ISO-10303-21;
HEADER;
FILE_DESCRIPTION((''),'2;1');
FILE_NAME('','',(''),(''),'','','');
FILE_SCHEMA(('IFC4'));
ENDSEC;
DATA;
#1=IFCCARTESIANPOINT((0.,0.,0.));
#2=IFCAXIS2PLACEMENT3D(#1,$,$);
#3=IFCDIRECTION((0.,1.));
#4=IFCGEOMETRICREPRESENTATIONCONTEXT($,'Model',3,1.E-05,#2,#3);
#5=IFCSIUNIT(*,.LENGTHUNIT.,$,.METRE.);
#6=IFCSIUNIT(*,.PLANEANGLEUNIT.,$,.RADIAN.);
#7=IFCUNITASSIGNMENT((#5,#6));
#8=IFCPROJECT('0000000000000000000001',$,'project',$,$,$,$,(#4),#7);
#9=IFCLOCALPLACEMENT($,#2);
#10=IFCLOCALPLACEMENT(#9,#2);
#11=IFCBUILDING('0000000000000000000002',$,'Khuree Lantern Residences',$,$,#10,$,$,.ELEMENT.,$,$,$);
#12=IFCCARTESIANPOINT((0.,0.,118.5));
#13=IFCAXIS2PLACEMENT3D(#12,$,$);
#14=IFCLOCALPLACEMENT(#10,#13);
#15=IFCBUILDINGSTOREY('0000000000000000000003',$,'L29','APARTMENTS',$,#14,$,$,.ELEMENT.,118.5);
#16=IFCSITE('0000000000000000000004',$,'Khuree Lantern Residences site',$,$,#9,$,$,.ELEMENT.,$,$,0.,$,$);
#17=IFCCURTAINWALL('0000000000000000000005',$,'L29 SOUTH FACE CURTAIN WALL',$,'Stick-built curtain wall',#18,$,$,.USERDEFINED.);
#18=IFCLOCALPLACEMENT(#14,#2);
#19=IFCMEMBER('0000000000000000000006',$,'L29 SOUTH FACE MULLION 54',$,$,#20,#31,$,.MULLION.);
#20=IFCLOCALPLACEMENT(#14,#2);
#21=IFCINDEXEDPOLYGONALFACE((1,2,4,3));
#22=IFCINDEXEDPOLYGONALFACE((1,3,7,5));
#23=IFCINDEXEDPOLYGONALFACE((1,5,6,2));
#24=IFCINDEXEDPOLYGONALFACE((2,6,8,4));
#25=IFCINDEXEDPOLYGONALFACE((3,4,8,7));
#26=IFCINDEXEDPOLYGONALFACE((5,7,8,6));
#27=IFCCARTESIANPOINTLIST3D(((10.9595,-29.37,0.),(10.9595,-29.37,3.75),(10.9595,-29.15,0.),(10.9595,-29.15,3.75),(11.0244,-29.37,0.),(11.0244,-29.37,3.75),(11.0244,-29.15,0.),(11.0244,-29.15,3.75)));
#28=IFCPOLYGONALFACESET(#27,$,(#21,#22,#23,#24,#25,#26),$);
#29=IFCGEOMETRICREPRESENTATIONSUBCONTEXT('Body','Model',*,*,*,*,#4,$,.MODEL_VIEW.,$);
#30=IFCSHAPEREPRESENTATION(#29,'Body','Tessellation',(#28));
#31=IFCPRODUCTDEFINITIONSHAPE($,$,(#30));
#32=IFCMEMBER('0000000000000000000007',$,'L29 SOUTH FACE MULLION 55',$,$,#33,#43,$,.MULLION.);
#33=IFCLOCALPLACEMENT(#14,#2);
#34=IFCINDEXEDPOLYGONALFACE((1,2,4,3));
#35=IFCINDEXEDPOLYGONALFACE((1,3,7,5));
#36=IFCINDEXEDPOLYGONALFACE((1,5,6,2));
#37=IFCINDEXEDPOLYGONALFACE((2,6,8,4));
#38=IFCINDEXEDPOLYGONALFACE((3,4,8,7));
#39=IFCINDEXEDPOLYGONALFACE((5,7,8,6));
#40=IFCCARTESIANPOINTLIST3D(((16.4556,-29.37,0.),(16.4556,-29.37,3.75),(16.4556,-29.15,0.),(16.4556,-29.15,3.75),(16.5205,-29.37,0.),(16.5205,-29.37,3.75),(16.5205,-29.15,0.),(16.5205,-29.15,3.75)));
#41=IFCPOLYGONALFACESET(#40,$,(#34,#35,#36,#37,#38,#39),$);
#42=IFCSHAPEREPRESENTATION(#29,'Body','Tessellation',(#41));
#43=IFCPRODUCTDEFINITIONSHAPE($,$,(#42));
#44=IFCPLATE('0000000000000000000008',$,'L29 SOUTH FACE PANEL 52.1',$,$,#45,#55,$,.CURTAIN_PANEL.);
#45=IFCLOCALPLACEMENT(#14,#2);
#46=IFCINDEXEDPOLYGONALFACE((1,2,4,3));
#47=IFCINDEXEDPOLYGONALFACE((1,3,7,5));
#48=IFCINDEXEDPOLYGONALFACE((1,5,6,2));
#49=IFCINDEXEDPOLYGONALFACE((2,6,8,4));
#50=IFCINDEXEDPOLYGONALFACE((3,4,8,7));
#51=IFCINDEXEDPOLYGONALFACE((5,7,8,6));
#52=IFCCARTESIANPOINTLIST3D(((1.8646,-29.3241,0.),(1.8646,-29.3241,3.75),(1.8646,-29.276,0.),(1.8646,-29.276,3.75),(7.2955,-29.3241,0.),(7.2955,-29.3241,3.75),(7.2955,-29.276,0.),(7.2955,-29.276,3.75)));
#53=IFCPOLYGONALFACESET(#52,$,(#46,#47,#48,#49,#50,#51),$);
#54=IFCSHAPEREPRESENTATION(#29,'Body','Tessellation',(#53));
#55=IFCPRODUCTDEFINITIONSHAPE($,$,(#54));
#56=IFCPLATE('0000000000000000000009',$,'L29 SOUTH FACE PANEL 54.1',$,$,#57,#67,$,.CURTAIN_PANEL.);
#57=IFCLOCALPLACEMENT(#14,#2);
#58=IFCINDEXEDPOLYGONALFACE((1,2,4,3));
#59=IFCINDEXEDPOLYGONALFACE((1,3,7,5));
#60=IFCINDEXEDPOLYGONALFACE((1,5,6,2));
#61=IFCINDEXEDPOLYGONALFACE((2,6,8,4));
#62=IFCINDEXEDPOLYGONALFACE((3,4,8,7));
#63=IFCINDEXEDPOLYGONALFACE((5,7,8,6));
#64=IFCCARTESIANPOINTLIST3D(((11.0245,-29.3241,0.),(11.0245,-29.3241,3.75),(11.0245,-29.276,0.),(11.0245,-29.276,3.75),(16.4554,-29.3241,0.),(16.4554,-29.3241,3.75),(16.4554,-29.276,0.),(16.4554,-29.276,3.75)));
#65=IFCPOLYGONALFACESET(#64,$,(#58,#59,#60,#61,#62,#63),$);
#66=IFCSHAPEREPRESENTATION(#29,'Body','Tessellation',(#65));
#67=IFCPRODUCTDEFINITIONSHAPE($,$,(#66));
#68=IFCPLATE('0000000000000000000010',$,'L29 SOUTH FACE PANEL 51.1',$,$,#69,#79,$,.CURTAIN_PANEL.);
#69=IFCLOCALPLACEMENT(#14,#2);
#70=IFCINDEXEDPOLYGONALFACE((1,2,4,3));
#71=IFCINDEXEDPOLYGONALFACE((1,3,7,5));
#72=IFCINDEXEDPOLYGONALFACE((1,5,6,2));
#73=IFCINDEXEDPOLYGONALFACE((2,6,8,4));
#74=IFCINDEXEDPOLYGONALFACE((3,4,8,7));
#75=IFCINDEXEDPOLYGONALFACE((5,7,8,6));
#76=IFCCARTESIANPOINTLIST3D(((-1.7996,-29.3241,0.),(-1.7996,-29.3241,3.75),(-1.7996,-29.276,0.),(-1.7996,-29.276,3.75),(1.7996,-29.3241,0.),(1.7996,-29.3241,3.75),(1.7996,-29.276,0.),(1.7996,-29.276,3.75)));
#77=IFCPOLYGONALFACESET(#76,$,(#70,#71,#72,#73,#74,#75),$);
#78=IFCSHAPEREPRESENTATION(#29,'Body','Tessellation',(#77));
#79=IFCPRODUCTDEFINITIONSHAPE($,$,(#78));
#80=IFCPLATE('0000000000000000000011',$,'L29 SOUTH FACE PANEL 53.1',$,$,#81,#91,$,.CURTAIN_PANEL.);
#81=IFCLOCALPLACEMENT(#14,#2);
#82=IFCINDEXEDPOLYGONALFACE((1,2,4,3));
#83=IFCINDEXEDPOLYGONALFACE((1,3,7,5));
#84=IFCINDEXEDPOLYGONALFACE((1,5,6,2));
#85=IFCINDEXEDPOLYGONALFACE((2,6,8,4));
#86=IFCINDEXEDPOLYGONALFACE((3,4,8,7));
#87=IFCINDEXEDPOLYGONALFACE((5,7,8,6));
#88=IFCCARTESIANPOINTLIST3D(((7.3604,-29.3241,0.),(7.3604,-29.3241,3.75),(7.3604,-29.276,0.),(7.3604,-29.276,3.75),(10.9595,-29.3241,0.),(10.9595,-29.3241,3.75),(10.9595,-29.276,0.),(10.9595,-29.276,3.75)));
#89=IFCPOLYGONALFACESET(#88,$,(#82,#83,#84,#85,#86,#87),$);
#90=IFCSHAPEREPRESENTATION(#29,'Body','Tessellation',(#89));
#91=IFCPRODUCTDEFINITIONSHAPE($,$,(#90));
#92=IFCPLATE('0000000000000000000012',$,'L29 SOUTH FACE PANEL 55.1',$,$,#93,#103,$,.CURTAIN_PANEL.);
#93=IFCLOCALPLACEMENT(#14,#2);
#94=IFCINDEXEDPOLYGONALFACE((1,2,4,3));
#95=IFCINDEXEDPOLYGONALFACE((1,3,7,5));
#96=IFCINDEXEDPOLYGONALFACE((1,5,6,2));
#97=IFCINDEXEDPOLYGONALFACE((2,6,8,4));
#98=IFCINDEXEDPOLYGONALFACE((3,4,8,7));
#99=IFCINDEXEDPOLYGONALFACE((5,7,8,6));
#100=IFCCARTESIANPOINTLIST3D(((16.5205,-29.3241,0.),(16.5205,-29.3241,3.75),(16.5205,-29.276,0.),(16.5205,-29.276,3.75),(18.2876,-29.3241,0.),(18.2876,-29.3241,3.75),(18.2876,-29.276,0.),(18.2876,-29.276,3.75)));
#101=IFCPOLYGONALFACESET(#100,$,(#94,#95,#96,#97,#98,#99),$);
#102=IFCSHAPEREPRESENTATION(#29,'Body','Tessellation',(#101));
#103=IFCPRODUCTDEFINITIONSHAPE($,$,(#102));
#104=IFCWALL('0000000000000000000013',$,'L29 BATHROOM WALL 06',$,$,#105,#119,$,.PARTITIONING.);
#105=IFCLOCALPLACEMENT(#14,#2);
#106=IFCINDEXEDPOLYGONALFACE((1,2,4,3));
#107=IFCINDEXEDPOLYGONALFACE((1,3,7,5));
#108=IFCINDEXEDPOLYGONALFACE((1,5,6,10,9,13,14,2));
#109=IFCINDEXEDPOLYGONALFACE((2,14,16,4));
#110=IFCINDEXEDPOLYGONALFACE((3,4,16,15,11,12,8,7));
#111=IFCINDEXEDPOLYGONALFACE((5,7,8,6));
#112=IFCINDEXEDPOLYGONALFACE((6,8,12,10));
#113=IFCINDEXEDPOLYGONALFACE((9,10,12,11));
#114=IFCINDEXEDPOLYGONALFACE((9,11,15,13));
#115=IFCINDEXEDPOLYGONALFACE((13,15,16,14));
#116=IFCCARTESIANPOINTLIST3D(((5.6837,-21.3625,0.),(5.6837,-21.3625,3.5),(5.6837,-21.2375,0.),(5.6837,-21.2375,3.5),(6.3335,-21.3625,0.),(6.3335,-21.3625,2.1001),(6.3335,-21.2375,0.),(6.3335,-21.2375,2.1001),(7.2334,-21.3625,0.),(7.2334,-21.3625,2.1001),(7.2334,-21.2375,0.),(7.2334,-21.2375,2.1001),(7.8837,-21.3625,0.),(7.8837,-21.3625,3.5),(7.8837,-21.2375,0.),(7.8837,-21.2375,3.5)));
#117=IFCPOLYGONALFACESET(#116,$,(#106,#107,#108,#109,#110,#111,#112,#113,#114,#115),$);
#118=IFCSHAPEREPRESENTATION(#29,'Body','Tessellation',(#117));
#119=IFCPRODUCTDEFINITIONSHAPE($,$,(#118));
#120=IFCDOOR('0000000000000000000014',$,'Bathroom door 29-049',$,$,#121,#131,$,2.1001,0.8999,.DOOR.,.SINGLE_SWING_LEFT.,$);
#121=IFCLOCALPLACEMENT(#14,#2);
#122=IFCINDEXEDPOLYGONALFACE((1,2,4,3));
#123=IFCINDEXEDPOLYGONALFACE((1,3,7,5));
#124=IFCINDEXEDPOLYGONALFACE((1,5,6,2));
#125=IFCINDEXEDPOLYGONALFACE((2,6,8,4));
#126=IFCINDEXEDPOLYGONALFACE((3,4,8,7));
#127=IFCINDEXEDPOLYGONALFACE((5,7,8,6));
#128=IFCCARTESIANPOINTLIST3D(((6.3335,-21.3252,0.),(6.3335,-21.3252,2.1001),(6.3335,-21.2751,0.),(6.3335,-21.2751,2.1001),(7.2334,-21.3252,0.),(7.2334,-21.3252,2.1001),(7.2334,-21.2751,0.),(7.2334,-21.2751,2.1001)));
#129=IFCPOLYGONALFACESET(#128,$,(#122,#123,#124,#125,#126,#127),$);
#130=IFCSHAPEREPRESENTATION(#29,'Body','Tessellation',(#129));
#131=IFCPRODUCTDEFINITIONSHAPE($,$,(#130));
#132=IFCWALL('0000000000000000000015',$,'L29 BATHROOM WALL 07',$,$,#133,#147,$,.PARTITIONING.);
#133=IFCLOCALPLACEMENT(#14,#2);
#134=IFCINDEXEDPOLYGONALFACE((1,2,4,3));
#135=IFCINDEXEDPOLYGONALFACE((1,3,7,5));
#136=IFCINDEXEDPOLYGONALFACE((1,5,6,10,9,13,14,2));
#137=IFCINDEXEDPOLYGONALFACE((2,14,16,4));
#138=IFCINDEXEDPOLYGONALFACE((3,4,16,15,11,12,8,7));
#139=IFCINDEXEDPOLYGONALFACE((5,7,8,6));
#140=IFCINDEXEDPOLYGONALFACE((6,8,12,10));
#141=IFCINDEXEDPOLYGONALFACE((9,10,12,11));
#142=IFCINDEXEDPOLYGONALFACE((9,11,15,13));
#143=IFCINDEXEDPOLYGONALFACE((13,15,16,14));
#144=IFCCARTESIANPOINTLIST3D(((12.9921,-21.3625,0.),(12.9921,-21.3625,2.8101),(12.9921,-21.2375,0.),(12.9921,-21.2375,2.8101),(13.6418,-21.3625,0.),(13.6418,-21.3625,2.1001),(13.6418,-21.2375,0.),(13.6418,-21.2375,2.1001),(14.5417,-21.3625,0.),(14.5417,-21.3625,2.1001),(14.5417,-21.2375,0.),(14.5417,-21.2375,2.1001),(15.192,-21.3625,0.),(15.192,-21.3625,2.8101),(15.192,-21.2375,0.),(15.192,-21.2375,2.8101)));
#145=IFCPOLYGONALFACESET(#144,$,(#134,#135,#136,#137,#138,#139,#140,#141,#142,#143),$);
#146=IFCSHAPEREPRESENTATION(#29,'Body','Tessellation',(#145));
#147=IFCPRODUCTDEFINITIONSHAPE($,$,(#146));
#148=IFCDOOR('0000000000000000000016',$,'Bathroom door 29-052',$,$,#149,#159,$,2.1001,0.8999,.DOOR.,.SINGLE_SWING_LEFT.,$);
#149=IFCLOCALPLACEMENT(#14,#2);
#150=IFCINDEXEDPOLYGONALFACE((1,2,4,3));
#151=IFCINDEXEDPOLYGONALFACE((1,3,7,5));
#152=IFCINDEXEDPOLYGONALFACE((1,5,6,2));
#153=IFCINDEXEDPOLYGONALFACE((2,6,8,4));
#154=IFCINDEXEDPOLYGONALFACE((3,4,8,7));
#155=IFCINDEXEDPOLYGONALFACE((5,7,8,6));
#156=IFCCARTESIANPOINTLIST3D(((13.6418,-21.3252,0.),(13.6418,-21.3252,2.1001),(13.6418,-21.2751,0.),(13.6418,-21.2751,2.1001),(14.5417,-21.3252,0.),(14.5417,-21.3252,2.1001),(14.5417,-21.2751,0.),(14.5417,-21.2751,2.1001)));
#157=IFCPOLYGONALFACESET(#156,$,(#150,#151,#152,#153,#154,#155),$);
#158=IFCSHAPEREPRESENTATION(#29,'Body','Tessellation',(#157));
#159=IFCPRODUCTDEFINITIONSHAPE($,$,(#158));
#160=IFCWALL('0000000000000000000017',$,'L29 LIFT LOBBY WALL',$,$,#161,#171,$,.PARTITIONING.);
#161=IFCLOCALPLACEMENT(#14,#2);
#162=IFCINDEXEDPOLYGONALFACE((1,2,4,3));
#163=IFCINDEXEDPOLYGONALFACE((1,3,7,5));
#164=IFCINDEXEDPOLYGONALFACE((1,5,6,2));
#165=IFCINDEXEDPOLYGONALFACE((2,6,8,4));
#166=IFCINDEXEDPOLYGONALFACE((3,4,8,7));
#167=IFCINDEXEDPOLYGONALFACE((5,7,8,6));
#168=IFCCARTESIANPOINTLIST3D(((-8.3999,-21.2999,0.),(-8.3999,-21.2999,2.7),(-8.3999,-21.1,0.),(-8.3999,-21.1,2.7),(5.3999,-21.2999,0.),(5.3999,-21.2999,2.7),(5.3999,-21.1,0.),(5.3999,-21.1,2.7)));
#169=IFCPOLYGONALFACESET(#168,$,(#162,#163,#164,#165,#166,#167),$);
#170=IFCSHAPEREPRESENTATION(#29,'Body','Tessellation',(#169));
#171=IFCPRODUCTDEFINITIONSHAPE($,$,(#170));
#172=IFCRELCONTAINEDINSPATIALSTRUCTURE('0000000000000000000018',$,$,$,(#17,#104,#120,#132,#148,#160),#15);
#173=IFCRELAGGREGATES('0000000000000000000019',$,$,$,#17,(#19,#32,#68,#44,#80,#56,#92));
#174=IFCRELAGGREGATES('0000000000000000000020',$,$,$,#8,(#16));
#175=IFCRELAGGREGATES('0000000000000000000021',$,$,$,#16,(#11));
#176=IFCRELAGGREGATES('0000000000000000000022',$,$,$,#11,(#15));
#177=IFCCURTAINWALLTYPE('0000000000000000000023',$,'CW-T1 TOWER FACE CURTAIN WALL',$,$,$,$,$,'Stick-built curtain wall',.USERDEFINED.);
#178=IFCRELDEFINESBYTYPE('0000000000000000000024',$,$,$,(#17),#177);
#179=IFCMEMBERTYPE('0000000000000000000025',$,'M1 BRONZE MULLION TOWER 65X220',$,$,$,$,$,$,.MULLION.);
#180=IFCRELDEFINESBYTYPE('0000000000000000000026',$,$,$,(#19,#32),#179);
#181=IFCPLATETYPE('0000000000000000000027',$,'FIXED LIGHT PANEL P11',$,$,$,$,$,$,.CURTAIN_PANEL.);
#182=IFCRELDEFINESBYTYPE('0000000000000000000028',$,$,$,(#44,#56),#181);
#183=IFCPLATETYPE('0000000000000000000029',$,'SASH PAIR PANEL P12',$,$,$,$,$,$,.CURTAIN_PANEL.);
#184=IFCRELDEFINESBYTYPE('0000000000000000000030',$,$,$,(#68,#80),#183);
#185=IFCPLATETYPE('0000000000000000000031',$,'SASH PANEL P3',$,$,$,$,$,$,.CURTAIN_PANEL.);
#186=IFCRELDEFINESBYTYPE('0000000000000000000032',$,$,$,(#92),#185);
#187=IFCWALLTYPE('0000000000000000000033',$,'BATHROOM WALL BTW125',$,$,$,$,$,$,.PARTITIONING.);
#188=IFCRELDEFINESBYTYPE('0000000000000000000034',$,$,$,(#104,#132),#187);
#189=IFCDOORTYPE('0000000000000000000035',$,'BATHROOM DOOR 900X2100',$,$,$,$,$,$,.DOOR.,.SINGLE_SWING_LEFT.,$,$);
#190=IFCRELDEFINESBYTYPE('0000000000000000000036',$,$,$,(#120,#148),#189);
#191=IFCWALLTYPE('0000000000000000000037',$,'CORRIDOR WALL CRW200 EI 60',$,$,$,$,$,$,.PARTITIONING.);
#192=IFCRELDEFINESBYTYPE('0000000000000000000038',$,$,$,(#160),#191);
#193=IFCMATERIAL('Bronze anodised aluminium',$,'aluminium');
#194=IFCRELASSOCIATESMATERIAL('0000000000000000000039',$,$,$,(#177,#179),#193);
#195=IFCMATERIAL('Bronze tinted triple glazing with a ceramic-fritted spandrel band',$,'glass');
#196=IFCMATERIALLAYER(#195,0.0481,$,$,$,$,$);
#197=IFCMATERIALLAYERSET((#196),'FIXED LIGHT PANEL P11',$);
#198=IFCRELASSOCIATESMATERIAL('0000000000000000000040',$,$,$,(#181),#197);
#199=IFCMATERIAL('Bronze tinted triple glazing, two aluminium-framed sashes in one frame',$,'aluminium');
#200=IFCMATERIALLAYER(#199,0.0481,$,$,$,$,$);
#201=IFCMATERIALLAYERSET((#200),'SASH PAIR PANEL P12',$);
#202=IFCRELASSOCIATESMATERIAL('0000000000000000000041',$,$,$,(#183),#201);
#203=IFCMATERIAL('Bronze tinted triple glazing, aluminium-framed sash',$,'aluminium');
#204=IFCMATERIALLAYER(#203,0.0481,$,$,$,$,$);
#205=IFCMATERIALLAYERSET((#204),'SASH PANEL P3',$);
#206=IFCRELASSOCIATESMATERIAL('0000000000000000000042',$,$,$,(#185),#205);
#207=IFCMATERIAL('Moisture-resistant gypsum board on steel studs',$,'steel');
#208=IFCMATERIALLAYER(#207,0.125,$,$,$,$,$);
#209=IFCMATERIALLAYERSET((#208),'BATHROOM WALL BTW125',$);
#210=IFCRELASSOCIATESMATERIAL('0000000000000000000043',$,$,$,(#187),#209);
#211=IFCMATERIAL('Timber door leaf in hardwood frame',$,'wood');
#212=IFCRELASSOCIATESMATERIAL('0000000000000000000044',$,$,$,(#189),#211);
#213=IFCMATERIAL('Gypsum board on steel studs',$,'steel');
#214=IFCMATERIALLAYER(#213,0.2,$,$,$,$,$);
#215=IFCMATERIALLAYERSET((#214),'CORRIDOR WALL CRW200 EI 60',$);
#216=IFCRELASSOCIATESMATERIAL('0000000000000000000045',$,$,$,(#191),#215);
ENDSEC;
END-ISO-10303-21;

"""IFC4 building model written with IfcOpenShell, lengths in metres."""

from ifc_helpers import new_model, si_unit, direction, frame, frame_2d, origin, origin_2d, place, context, subcontext, project, spatial, rectangle, extrude, material, layer, layer_set, material_profile, profile_set, type_object, element, fill, aggregate, save


model = new_model("IFC4")

# Units and contexts
model_context = context("Model", 3, precision=1e-05, world=origin(), true_north=direction((0.0, 1.0)))
body_context = subcontext(model_context, "Body", "Model", "MODEL_VIEW")
ifc_project = project(units=[si_unit("LENGTHUNIT", "METRE"), si_unit("PLANEANGLEUNIT", "RADIAN")], contexts=[model_context])

# Site, building, storey
site_placement = place(None, origin())
site = spatial("IfcSite", under=ifc_project, at=site_placement, Name="Khuree Lantern Residences site", CompositionType="ELEMENT", RefElevation=0.0)
building_placement = place(site_placement, origin())
building = spatial("IfcBuilding", under=site, at=building_placement, Name="Khuree Lantern Residences", CompositionType="ELEMENT")
storey_placement = place(building_placement, frame((0.0, 0.0, 118.5)))
storey = spatial("IfcBuildingStorey", under=building, at=storey_placement, Name="L29", Description="APARTMENTS", CompositionType="ELEMENT", Elevation=118.5)

# Curtain wall
ifc_material_1 = material(Name="Bronze anodised aluminium", Category="aluminium")
curtain_wall_type = type_object("IfcCurtainWallType", Name="CW-T1 TOWER FACE CURTAIN WALL", ElementType="Stick-built curtain wall", PredefinedType="USERDEFINED", material=ifc_material_1)
curtain_wall_placement = place(storey_placement, origin())
curtain_wall = element("IfcCurtainWall", 1, at=curtain_wall_placement, inside=storey, type_object=curtain_wall_type, Name="L29 SOUTH FACE CURTAIN WALL", ObjectType="Stick-built curtain wall", PredefinedType="USERDEFINED")

# Members
ifc_material_profile_1 = material_profile(ifc_material_1, rectangle(XDim=0.0649, YDim=0.22, at=origin_2d()), Name="M1 65X220")
ifc_profile_set_1 = profile_set([ifc_material_profile_1], Name="Bronze anodised aluminium")
member_type_1 = type_object("IfcMemberType", Name="M1 BRONZE MULLION TOWER 65X220", PredefinedType="MULLION", material=ifc_profile_set_1)
member_1_placement = place(storey_placement, frame((10.9919, -29.26, 0.0), z_axis=(0.0, 0.0, 1.0), x_axis=(1.0, 0.0, 0.0)))
member_1 = element("IfcMember", 2, at=member_1_placement, type_object=member_type_1, Name="L29 SOUTH FACE MULLION 54", PredefinedType="MULLION", context=body_context, shape_type="SweptSolid", body=[
    extrude(rectangle(XDim=0.0649, YDim=0.22, at=origin_2d()), origin(), (0.0, 0.0, 1.0), 3.75),
])
member_2_placement = place(storey_placement, frame((16.488, -29.26, 0.0), z_axis=(0.0, 0.0, 1.0), x_axis=(1.0, 0.0, 0.0)))
member_2 = element("IfcMember", 3, at=member_2_placement, type_object=member_type_1, Name="L29 SOUTH FACE MULLION 55", PredefinedType="MULLION", context=body_context, shape_type="SweptSolid", body=[
    extrude(rectangle(XDim=0.0649, YDim=0.22, at=origin_2d()), origin(), (0.0, 0.0, 1.0), 3.75),
])

# Plates
ifc_material_2 = material(Name="Bronze tinted triple glazing with a ceramic-fritted spandrel band", Category="glass")
ifc_layer_1 = layer(ifc_material_2, 0.0481)
ifc_layer_set_1 = layer_set([ifc_layer_1], Name="FIXED LIGHT PANEL P11")
plate_type_1 = type_object("IfcPlateType", Name="FIXED LIGHT PANEL P11", PredefinedType="CURTAIN_PANEL", material=ifc_layer_set_1)
plate_1_placement = place(storey_placement, frame((4.5801, -29.3, 0.0), z_axis=(0.0, 0.0, 1.0), x_axis=(1.0, 0.0, 0.0)))
plate_1 = element("IfcPlate", 4, at=plate_1_placement, type_object=plate_type_1, Name="L29 SOUTH FACE PANEL 52.1", PredefinedType="CURTAIN_PANEL", context=body_context, shape_type="SweptSolid", body=[
    extrude(rectangle(XDim=5.4309, YDim=0.0481, at=origin_2d()), origin(), (0.0, 0.0, 1.0), 3.75),
])
plate_2_placement = place(storey_placement, frame((13.74, -29.3, 0.0), z_axis=(0.0, 0.0, 1.0), x_axis=(1.0, 0.0, 0.0)))
plate_2 = element("IfcPlate", 5, at=plate_2_placement, type_object=plate_type_1, Name="L29 SOUTH FACE PANEL 54.1", PredefinedType="CURTAIN_PANEL", context=body_context, shape_type="SweptSolid", body=[
    extrude(rectangle(XDim=5.4309, YDim=0.0481, at=origin_2d()), origin(), (0.0, 0.0, 1.0), 3.75),
])
ifc_material_3 = material(Name="Bronze tinted triple glazing, two aluminium-framed sashes in one frame", Category="aluminium")
ifc_layer_2 = layer(ifc_material_3, 0.0481)
ifc_layer_set_2 = layer_set([ifc_layer_2], Name="SASH PAIR PANEL P12")
plate_type_2 = type_object("IfcPlateType", Name="SASH PAIR PANEL P12", PredefinedType="CURTAIN_PANEL", material=ifc_layer_set_2)
plate_3_placement = place(storey_placement, frame((0.0, -29.3, 0.0), z_axis=(0.0, 0.0, 1.0), x_axis=(1.0, 0.0, 0.0)))
plate_3 = element("IfcPlate", 6, at=plate_3_placement, type_object=plate_type_2, Name="L29 SOUTH FACE PANEL 51.1", PredefinedType="CURTAIN_PANEL", context=body_context, shape_type="SweptSolid", body=[
    extrude(rectangle(XDim=3.5991, YDim=0.0481, at=origin_2d()), origin(), (0.0, 0.0, 1.0), 3.75),
])
plate_4_placement = place(storey_placement, frame((9.1599, -29.3, 0.0), z_axis=(0.0, 0.0, 1.0), x_axis=(1.0, 0.0, 0.0)))
plate_4 = element("IfcPlate", 7, at=plate_4_placement, type_object=plate_type_2, Name="L29 SOUTH FACE PANEL 53.1", PredefinedType="CURTAIN_PANEL", context=body_context, shape_type="SweptSolid", body=[
    extrude(rectangle(XDim=3.5991, YDim=0.0481, at=origin_2d()), origin(), (0.0, 0.0, 1.0), 3.75),
])
ifc_material_4 = material(Name="Bronze tinted triple glazing, aluminium-framed sash", Category="aluminium")
ifc_layer_3 = layer(ifc_material_4, 0.0481)
ifc_layer_set_3 = layer_set([ifc_layer_3], Name="SASH PANEL P3")
plate_type_3 = type_object("IfcPlateType", Name="SASH PANEL P3", PredefinedType="CURTAIN_PANEL", material=ifc_layer_set_3)
plate_5_placement = place(storey_placement, frame((17.4041, -29.3, 0.0), z_axis=(0.0, 0.0, 1.0), x_axis=(1.0, 0.0, 0.0)))
plate_5 = element("IfcPlate", 8, at=plate_5_placement, type_object=plate_type_3, Name="L29 SOUTH FACE PANEL 55.1", PredefinedType="CURTAIN_PANEL", context=body_context, shape_type="SweptSolid", body=[
    extrude(rectangle(XDim=1.7671, YDim=0.0481, at=origin_2d()), origin(), (0.0, 0.0, 1.0), 3.75),
])
aggregate(curtain_wall, [member_1, member_2, plate_3, plate_1, plate_4, plate_2, plate_5])

# Walls, openings, doors
ifc_material_5 = material(Name="Moisture-resistant gypsum board on steel studs", Category="steel")
ifc_layer_4 = layer(ifc_material_5, 0.125)
ifc_layer_set_4 = layer_set([ifc_layer_4], Name="BATHROOM WALL BTW125")
wall_type_1 = type_object("IfcWallType", Name="BATHROOM WALL BTW125", PredefinedType="PARTITIONING", material=ifc_layer_set_4)
wall_1_placement = place(storey_placement, frame((5.6836, -21.3, 0.0), z_axis=(0.0, 0.0, 1.0), x_axis=(1.0, 0.0, 0.0)))
wall_1 = element("IfcWall", 9, at=wall_1_placement, inside=storey, type_object=wall_type_1, Name="L29 BATHROOM WALL 06", PredefinedType="PARTITIONING", context=body_context, shape_type="SweptSolid", body=[
    extrude(rectangle(XDim=2.2, YDim=0.125, at=frame_2d((1.1001, 0.0))), origin(), (0.0, 0.0, 1.0), 3.5),
])
opening_1_placement = place(wall_1_placement, frame((0.6499, 0.0, 0.0)))
opening_1 = element("IfcOpeningElement", 10, at=opening_1_placement, cuts=wall_1, PredefinedType="OPENING", context=body_context, shape_type="SweptSolid", body=[
    extrude(rectangle(XDim=0.8999, YDim=2.1001, at=frame_2d((0.45, 1.05))), frame((0.0, 0.0725, 0.0), z_axis=(0.0, -1.0, 0.0), x_axis=(1.0, 0.0, 0.0)), (0.0, 0.0, 1.0), 0.145),
])
ifc_material_6 = material(Name="Timber door leaf in hardwood frame", Category="wood")
door_type_1 = type_object("IfcDoorType", Name="BATHROOM DOOR 900X2100", OperationType="SINGLE_SWING_LEFT", PredefinedType="DOOR", material=ifc_material_6)
door_1_placement = place(opening_1_placement, origin())
door_1 = element("IfcDoor", 11, at=door_1_placement, inside=storey, type_object=door_type_1, Name="Bathroom door 29-049", OperationType="SINGLE_SWING_LEFT", OverallHeight=2.1001, OverallWidth=0.8999, PredefinedType="DOOR", context=body_context, shape_type="SweptSolid", body=[
    extrude(rectangle(XDim=0.8999, YDim=2.1001, at=frame_2d((0.45, 1.05))), frame((0.0, 0.0249, 0.0), z_axis=(0.0, -1.0, 0.0), x_axis=(1.0, 0.0, 0.0)), (0.0, 0.0, 1.0), 0.05),
])
fill(opening_1, door_1)
wall_2_placement = place(storey_placement, frame((12.9919, -21.3, 0.0), z_axis=(0.0, 0.0, 1.0), x_axis=(1.0, 0.0, 0.0)))
wall_2 = element("IfcWall", 12, at=wall_2_placement, inside=storey, type_object=wall_type_1, Name="L29 BATHROOM WALL 07", PredefinedType="PARTITIONING", context=body_context, shape_type="SweptSolid", body=[
    extrude(rectangle(XDim=2.2, YDim=0.125, at=frame_2d((1.1001, 0.0))), origin(), (0.0, 0.0, 1.0), 2.8101),
])
opening_2_placement = place(wall_2_placement, frame((0.6499, 0.0, 0.0)))
opening_2 = element("IfcOpeningElement", 13, at=opening_2_placement, cuts=wall_2, PredefinedType="OPENING", context=body_context, shape_type="SweptSolid", body=[
    extrude(rectangle(XDim=0.8999, YDim=2.1001, at=frame_2d((0.45, 1.05))), frame((0.0, 0.0725, 0.0), z_axis=(0.0, -1.0, 0.0), x_axis=(1.0, 0.0, 0.0)), (0.0, 0.0, 1.0), 0.145),
])
door_2_placement = place(opening_2_placement, origin())
door_2 = element("IfcDoor", 14, at=door_2_placement, inside=storey, type_object=door_type_1, Name="Bathroom door 29-052", OperationType="SINGLE_SWING_LEFT", OverallHeight=2.1001, OverallWidth=0.8999, PredefinedType="DOOR", context=body_context, shape_type="SweptSolid", body=[
    extrude(rectangle(XDim=0.8999, YDim=2.1001, at=frame_2d((0.45, 1.05))), frame((0.0, 0.0249, 0.0), z_axis=(0.0, -1.0, 0.0), x_axis=(1.0, 0.0, 0.0)), (0.0, 0.0, 1.0), 0.05),
])
fill(opening_2, door_2)

# Wall
ifc_material_7 = material(Name="Gypsum board on steel studs", Category="steel")
ifc_layer_5 = layer(ifc_material_7, 0.2)
ifc_layer_set_5 = layer_set([ifc_layer_5], Name="CORRIDOR WALL CRW200 EI 60")
wall_type_2 = type_object("IfcWallType", Name="CORRIDOR WALL CRW200 EI 60", PredefinedType="PARTITIONING", material=ifc_layer_set_5)
wall_3_placement = place(storey_placement, frame((5.3999, -21.2, 0.0), z_axis=(0.0, 0.0, 1.0), x_axis=(-1.0, 0.0, 0.0)))
element("IfcWall", 15, at=wall_3_placement, inside=storey, type_object=wall_type_2, Name="L29 LIFT LOBBY WALL", PredefinedType="PARTITIONING", context=body_context, shape_type="SweptSolid", body=[
    extrude(rectangle(XDim=13.7998, YDim=0.2, at=frame_2d((6.8999, 0.0))), origin(), (0.0, 0.0, 1.0), 2.7),
])

save(model, "model.ifc")
